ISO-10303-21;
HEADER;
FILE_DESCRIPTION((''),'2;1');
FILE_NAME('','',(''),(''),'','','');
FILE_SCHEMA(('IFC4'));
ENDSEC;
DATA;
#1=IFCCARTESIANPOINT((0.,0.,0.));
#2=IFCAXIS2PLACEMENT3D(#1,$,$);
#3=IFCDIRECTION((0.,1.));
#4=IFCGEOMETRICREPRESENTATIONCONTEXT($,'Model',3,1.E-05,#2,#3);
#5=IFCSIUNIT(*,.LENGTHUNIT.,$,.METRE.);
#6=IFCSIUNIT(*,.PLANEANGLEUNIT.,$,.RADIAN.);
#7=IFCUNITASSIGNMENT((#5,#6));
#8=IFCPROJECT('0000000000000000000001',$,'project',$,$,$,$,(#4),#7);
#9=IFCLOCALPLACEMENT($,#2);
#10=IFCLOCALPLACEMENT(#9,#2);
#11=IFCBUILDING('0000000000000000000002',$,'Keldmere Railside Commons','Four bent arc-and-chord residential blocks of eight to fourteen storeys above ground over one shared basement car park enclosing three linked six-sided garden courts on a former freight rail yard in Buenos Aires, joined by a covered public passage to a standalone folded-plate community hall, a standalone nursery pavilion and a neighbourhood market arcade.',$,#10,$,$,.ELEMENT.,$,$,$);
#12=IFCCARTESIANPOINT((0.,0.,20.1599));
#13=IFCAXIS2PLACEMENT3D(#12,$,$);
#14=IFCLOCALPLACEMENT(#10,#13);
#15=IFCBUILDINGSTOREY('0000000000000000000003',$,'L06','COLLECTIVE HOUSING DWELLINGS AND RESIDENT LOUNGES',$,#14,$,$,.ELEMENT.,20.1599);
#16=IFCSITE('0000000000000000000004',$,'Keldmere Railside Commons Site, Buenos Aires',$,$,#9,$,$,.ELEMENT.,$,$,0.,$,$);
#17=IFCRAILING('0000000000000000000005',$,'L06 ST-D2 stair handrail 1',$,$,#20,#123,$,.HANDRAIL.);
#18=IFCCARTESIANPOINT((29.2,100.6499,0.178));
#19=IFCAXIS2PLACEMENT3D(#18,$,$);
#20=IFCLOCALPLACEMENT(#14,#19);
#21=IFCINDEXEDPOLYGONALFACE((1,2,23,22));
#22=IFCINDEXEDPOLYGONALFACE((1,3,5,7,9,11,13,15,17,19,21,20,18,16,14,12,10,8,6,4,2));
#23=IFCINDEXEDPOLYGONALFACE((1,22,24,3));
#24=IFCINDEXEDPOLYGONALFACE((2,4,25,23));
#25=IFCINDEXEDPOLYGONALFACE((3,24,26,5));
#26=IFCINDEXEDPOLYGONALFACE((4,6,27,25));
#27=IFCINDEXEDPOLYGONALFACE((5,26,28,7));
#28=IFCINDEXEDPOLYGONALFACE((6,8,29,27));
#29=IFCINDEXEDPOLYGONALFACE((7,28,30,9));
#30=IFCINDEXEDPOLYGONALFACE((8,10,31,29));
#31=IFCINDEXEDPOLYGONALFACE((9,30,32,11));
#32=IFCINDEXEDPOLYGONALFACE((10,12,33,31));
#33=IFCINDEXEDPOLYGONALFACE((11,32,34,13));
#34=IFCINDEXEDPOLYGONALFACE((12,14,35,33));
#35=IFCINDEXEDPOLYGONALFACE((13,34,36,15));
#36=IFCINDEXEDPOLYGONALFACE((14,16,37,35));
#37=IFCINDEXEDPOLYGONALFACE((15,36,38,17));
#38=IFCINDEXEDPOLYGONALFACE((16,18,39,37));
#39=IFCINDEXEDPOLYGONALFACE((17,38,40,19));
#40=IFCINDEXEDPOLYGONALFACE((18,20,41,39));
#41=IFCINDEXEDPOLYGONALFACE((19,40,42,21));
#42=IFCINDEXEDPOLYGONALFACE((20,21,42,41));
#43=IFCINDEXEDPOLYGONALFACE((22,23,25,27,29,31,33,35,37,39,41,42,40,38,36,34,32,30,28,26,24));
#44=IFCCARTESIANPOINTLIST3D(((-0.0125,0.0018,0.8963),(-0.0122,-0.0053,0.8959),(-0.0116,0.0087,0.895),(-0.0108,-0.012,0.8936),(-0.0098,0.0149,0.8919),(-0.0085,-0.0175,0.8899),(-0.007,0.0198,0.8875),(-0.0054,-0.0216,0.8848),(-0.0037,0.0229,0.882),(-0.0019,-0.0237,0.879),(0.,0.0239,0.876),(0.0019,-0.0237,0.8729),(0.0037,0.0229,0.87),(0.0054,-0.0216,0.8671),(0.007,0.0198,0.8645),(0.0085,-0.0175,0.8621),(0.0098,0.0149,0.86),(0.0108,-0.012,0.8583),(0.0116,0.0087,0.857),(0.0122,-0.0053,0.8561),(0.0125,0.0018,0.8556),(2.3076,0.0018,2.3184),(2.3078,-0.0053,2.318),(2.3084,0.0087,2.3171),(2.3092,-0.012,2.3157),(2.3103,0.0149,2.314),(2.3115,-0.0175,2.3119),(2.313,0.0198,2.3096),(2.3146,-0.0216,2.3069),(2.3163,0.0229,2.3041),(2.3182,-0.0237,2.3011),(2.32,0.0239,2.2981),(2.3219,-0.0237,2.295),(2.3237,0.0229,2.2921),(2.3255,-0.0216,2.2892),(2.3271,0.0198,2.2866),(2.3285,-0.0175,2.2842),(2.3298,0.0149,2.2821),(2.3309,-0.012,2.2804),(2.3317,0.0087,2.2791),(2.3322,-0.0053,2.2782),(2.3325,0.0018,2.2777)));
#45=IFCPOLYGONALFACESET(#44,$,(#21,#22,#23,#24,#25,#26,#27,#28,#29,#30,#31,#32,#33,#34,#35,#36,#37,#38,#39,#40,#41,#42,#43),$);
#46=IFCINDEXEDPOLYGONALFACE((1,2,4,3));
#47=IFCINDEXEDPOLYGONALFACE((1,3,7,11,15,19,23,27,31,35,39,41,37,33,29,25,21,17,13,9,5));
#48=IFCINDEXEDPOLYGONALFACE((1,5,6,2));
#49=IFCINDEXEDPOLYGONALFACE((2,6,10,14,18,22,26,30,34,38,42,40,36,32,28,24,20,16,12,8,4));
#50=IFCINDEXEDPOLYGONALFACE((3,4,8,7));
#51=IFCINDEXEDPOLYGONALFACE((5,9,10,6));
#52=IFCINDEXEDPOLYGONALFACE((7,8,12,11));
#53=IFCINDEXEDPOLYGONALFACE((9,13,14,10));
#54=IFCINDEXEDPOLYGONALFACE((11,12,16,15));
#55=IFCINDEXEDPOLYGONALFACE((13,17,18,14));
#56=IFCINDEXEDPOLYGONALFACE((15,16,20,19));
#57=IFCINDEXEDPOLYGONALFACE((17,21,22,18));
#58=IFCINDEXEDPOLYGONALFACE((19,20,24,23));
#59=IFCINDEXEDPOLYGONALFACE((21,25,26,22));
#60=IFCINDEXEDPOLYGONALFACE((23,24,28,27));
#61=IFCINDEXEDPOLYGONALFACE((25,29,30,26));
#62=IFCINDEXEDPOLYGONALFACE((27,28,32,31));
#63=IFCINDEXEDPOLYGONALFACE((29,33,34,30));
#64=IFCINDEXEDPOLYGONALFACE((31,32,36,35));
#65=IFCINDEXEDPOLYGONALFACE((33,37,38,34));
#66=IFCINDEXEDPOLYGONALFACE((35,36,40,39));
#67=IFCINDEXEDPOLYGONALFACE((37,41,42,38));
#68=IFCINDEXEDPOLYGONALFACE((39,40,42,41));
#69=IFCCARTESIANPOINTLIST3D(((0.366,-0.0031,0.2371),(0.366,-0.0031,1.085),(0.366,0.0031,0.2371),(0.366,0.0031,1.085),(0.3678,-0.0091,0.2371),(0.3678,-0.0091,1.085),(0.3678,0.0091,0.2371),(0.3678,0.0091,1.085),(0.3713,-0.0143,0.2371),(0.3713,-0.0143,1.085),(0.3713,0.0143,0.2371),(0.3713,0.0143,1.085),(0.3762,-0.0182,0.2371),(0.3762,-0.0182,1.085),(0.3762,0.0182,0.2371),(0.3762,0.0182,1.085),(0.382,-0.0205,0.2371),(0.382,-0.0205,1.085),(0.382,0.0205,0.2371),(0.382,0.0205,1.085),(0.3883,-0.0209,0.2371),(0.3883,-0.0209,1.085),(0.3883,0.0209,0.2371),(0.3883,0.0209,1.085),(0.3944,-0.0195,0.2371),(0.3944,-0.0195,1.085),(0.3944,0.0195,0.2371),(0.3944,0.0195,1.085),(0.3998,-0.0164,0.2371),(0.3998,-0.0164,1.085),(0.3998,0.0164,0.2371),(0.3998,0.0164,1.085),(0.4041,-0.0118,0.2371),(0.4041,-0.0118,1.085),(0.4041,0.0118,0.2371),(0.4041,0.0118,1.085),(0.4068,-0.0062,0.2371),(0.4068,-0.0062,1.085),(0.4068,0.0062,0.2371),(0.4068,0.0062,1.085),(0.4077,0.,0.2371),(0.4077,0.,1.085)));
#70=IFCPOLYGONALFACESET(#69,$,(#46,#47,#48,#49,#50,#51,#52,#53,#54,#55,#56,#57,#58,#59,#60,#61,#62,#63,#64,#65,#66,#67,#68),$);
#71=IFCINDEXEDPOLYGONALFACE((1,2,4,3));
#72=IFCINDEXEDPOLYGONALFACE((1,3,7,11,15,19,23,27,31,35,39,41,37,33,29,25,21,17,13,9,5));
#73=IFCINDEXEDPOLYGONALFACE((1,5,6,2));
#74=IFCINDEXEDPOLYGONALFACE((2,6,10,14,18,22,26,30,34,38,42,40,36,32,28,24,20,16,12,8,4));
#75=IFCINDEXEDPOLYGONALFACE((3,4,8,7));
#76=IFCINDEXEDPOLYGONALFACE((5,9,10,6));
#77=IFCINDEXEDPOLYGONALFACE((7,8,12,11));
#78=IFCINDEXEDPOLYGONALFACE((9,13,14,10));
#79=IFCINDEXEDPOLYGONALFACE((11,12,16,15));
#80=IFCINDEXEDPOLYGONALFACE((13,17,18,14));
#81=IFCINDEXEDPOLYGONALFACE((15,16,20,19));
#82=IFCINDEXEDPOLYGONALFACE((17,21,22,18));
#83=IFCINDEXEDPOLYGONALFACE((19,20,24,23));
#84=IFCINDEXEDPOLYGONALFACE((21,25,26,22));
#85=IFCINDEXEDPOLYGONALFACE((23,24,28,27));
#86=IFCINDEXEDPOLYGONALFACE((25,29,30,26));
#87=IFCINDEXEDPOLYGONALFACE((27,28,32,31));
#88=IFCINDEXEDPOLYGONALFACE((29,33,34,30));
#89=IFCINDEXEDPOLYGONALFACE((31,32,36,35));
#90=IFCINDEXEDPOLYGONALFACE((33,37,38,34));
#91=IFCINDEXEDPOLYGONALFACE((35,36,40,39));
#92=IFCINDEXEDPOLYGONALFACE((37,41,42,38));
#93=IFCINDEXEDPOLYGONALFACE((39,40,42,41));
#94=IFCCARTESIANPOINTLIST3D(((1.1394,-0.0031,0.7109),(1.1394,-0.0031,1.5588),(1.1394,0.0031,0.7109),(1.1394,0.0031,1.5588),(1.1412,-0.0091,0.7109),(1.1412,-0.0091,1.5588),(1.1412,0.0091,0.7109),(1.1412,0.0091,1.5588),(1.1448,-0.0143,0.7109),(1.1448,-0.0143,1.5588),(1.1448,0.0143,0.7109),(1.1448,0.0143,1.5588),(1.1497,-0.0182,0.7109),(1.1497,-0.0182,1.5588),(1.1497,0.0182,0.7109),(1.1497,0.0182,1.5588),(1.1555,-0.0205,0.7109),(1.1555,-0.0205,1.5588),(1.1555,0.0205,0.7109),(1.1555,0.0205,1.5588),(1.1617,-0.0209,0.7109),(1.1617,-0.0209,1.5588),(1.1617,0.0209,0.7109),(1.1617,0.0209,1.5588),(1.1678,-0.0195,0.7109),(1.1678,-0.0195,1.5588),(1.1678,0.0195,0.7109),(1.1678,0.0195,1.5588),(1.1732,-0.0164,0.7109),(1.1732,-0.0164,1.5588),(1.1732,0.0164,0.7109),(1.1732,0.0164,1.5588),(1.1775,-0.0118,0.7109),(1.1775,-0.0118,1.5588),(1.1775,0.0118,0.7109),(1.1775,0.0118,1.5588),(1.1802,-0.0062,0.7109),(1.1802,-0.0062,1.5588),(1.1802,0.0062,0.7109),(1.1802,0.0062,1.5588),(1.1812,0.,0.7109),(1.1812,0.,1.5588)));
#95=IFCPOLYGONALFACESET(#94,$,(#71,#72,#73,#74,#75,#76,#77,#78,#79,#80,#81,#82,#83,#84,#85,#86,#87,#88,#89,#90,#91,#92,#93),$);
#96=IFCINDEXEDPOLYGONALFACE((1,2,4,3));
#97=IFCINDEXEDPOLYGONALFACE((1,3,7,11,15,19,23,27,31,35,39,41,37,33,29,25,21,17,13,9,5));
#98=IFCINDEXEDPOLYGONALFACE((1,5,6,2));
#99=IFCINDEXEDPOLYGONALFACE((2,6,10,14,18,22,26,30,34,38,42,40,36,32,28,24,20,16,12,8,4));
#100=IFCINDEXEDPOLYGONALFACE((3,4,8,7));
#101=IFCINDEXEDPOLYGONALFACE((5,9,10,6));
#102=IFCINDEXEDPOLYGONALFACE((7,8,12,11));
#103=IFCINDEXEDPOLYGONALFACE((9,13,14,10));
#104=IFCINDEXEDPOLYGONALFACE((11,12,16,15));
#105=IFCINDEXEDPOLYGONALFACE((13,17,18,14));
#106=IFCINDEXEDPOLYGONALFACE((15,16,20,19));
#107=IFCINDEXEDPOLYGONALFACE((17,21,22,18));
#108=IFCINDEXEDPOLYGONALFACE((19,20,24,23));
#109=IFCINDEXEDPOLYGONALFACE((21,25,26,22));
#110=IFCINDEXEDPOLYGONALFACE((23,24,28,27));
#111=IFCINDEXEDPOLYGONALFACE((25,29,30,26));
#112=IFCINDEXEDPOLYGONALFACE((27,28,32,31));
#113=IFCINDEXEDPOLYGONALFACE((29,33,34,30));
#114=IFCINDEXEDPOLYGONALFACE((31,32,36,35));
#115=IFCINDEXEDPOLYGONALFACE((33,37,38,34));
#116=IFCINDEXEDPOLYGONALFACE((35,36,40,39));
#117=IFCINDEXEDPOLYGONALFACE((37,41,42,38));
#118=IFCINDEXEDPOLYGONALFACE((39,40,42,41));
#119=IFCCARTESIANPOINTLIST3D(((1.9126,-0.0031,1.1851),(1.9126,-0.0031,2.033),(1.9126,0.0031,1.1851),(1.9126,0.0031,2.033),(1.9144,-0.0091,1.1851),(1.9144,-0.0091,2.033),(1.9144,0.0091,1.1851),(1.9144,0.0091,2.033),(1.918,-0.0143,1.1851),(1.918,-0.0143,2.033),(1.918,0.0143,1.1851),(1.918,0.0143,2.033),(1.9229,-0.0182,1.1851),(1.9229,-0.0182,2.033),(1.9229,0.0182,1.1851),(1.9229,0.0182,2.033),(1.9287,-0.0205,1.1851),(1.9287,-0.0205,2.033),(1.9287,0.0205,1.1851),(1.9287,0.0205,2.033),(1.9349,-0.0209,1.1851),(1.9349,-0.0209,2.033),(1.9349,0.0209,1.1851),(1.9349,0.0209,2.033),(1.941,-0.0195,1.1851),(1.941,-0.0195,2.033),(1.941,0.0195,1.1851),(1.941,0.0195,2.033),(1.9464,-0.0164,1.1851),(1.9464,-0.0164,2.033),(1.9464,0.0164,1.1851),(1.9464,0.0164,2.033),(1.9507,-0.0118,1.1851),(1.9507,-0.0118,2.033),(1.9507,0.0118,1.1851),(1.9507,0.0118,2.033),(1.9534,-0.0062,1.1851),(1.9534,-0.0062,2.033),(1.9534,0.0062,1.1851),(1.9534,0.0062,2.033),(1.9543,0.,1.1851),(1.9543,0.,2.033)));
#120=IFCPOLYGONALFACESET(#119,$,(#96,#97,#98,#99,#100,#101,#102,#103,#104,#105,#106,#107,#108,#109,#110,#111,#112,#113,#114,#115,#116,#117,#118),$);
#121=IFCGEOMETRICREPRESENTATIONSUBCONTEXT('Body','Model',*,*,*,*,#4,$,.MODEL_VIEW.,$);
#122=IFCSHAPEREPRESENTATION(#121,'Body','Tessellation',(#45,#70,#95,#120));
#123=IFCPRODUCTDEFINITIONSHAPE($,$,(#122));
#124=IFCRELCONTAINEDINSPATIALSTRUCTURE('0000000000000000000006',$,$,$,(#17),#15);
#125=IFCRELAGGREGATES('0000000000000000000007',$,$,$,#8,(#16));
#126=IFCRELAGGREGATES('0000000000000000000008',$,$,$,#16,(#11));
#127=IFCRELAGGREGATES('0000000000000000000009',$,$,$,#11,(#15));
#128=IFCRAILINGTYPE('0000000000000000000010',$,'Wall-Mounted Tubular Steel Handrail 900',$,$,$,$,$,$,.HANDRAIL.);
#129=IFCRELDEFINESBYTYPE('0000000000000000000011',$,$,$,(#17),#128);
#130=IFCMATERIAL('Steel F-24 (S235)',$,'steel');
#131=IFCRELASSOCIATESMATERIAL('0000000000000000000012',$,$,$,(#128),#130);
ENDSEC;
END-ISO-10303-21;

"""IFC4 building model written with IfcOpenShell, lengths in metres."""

from ifc_helpers import new_model, si_unit, direction, frame, origin, origin_2d, place, context, subcontext, project, spatial, circle, extrude, material, type_object, element, save


model = new_model("IFC4")

# Units and contexts
model_context = context("Model", 3, precision=1e-05, world=origin(), true_north=direction((0.0, 1.0)))
body_context = subcontext(model_context, "Body", "Model", "MODEL_VIEW")
ifc_project = project(units=[si_unit("LENGTHUNIT", "METRE"), si_unit("PLANEANGLEUNIT", "RADIAN")], contexts=[model_context])

# Site, building, storey
site_placement = place(None, origin())
site = spatial("IfcSite", under=ifc_project, at=site_placement, Name="Keldmere Railside Commons Site, Buenos Aires", CompositionType="ELEMENT", RefElevation=0.0)
building_placement = place(site_placement, origin())
building = spatial("IfcBuilding", under=site, at=building_placement, Name="Keldmere Railside Commons", Description="Four bent arc-and-chord residential blocks of eight to fourteen storeys above ground over one shared basement car park enclosing three linked six-sided garden courts on a former freight rail yard in Buenos Aires, joined by a covered public passage to a standalone folded-plate community hall, a standalone nursery pavilion and a neighbourhood market arcade.", CompositionType="ELEMENT")
storey_placement = place(building_placement, frame((0.0, 0.0, 20.1599)))
storey = spatial("IfcBuildingStorey", under=building, at=storey_placement, Name="L06", Description="COLLECTIVE HOUSING DWELLINGS AND RESIDENT LOUNGES", CompositionType="ELEMENT", Elevation=20.1599)

# Railing
ifc_material_1 = material(Name="Steel F-24 (S235)", Category="steel")
railing_type_1 = type_object("IfcRailingType", Name="Wall-Mounted Tubular Steel Handrail 900", PredefinedType="HANDRAIL", material=ifc_material_1)
railing_1_placement = place(storey_placement, frame((29.2, 100.6499, 0.178)))
element("IfcRailing", 1, at=railing_1_placement, inside=storey, type_object=railing_type_1, Name="L06 ST-D2 stair handrail 1", PredefinedType="HANDRAIL", context=body_context, shape_type="SweptSolid", body=[
    extrude(circle(Radius=0.0239, at=origin_2d()), frame((0.0, 0.0, 0.876), z_axis=(0.852578, 0.0, 0.5226), x_axis=(0.0, 1.0, 0.0)), (0.0, 0.0, 1.0), 2.7212),
    extrude(circle(Radius=0.021, at=origin_2d()), frame((0.3867, 0.0, 0.2371)), (0.0, 0.0, 1.0), 0.8479),
    extrude(circle(Radius=0.021, at=origin_2d()), frame((1.1602, 0.0, 0.7109)), (0.0, 0.0, 1.0), 0.8479),
    extrude(circle(Radius=0.021, at=origin_2d()), frame((1.9333, 0.0, 1.1851)), (0.0, 0.0, 1.0), 0.8479),
])

save(model, "model.ifc")
